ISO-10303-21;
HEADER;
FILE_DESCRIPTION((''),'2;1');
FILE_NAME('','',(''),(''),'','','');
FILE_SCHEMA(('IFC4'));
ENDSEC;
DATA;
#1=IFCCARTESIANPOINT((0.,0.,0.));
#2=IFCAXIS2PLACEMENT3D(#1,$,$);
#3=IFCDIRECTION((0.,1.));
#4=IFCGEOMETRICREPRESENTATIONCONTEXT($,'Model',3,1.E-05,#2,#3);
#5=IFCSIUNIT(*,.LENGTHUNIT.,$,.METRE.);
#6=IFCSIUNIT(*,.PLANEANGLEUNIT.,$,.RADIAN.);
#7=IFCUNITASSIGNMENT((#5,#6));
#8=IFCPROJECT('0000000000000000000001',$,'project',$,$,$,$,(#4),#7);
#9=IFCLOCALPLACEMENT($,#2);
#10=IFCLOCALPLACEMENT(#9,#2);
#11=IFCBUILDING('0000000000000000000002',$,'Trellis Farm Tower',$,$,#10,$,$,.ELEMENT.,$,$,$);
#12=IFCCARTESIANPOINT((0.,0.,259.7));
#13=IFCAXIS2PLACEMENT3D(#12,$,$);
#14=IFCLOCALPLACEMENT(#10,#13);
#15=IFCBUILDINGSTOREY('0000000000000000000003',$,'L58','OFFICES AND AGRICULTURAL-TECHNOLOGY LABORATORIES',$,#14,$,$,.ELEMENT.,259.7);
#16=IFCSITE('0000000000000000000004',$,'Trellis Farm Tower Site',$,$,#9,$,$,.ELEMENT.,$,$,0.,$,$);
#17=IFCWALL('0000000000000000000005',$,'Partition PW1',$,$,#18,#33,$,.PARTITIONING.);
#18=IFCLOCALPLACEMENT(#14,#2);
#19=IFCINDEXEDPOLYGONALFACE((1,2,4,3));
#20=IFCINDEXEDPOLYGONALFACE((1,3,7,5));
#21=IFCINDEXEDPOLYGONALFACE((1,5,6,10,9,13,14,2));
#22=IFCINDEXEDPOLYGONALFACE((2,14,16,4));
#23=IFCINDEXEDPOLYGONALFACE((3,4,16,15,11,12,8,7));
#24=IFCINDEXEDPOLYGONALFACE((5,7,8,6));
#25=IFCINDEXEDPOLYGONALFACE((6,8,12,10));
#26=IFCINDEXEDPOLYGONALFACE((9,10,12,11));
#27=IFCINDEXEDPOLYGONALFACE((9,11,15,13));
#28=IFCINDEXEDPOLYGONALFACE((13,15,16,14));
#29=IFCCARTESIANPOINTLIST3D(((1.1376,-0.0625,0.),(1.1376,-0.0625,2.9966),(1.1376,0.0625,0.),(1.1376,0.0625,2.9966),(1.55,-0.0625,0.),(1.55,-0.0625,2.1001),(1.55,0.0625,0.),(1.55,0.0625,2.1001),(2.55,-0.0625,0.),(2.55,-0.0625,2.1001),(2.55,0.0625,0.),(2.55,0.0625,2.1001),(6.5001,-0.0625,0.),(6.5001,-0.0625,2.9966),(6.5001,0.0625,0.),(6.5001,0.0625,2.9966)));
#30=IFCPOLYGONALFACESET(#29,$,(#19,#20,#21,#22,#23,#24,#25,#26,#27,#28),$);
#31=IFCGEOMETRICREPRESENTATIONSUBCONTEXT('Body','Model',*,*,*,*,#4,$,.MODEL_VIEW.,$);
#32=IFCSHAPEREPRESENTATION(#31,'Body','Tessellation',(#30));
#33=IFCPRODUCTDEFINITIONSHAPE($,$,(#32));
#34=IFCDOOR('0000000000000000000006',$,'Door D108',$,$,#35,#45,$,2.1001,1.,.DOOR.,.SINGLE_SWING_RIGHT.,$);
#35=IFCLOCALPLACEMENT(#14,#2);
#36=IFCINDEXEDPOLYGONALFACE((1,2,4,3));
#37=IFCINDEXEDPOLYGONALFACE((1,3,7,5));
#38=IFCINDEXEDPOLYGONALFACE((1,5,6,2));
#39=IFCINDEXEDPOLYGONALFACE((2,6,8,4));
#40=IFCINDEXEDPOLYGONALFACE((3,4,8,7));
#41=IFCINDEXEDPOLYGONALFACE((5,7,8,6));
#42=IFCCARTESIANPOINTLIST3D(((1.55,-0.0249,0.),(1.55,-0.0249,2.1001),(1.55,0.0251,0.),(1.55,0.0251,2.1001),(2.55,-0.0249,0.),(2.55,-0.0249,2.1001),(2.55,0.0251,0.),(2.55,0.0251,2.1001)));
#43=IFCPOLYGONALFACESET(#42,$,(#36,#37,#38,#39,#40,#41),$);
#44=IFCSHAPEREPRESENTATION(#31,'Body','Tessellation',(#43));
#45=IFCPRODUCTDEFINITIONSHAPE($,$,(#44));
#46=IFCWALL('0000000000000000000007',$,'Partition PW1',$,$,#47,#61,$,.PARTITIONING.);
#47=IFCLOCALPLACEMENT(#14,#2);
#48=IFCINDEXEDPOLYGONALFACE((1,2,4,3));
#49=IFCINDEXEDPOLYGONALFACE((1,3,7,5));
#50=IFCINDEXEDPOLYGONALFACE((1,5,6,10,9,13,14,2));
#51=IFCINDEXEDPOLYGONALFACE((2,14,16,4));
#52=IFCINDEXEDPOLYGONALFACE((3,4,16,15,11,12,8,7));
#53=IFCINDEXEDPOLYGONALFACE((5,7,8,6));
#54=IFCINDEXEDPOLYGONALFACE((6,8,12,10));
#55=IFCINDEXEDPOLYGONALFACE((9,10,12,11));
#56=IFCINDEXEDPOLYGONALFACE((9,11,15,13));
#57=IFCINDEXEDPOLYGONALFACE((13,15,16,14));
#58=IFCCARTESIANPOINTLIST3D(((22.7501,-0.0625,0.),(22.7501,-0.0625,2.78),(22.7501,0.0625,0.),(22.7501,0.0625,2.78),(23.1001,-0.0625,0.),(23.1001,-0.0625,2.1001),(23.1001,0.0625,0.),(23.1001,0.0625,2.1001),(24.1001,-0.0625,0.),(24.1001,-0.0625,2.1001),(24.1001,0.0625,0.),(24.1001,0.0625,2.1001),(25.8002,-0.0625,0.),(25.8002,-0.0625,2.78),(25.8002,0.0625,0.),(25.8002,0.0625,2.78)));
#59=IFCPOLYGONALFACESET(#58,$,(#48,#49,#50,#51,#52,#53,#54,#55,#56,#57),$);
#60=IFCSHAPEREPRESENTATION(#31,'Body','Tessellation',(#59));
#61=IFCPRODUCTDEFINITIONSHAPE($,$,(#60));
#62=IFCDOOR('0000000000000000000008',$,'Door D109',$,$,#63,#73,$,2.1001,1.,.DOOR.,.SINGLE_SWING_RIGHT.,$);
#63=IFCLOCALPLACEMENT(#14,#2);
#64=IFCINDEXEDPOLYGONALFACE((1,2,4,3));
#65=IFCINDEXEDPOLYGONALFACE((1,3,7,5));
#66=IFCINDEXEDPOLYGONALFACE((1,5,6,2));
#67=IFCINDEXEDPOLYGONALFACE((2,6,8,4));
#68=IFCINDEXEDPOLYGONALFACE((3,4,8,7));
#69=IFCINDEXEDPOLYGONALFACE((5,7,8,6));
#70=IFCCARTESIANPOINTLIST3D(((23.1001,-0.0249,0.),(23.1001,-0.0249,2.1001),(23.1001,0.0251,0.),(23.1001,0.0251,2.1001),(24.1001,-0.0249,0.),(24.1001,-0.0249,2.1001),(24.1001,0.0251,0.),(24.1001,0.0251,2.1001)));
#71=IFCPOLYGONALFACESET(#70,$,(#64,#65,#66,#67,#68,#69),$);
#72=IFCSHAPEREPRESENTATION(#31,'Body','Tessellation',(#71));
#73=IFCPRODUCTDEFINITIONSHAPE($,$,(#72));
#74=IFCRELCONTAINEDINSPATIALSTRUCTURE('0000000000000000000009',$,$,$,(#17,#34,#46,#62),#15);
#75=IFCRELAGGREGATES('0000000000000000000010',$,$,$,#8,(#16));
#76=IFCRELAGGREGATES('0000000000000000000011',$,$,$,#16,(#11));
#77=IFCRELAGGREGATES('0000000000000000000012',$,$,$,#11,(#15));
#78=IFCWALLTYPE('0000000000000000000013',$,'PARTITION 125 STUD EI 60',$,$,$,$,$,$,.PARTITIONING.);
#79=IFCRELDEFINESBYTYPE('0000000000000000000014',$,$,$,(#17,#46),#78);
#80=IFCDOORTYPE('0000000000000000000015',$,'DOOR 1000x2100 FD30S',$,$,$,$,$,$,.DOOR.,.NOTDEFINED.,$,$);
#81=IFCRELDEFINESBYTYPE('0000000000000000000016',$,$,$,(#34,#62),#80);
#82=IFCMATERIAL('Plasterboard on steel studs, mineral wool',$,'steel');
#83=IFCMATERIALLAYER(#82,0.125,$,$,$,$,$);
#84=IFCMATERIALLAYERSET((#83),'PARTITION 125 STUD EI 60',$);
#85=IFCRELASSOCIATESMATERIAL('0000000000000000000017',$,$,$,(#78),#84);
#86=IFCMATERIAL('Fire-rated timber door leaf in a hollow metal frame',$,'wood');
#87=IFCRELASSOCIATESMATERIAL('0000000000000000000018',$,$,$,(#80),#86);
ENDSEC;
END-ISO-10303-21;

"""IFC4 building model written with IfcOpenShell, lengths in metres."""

from ifc_helpers import new_model, si_unit, direction, frame, frame_2d, origin, place, context, subcontext, project, spatial, rectangle, extrude, source, transform, mapped, material, layer, layer_set, type_object, element, fill, save


model = new_model("IFC4")

# Units and contexts
model_context = context("Model", 3, precision=1e-05, world=origin(), true_north=direction((0.0, 1.0)))
body_context = subcontext(model_context, "Body", "Model", "MODEL_VIEW")
ifc_project = project(units=[si_unit("LENGTHUNIT", "METRE"), si_unit("PLANEANGLEUNIT", "RADIAN")], contexts=[model_context])

# Site, building, storey
site_placement = place(None, origin())
site = spatial("IfcSite", under=ifc_project, at=site_placement, Name="Trellis Farm Tower Site", CompositionType="ELEMENT", RefElevation=0.0)
building_placement = place(site_placement, origin())
building = spatial("IfcBuilding", under=site, at=building_placement, Name="Trellis Farm Tower", CompositionType="ELEMENT")
storey_placement = place(building_placement, frame((0.0, 0.0, 259.7)))
storey = spatial("IfcBuildingStorey", under=building, at=storey_placement, Name="L58", Description="OFFICES AND AGRICULTURAL-TECHNOLOGY LABORATORIES", CompositionType="ELEMENT", Elevation=259.7)

# Walls, openings, doors
ifc_material_1 = material(Name="Plasterboard on steel studs, mineral wool", Category="steel")
ifc_layer_1 = layer(ifc_material_1, 0.125)
ifc_layer_set_1 = layer_set([ifc_layer_1], Name="PARTITION 125 STUD EI 60")
wall_type_1 = type_object("IfcWallType", Name="PARTITION 125 STUD EI 60", PredefinedType="PARTITIONING", material=ifc_layer_set_1)
shared_shape_1 = source(origin(), body_context, "Body", "SweptSolid", [
    extrude(rectangle(XDim=5.3625, YDim=0.125, at=frame_2d((2.6812, 0.0))), origin(), (0.0, 0.0, 1.0), 2.9966),
])
wall_1_placement = place(storey_placement, frame((6.5, 0.0, 0.0), z_axis=(0.0, 0.0, 1.0), x_axis=(-1.0, 0.0, 0.0)))
wall_1 = element("IfcWall", 1, at=wall_1_placement, inside=storey, type_object=wall_type_1, Name="Partition PW1", PredefinedType="PARTITIONING", context=body_context, shape_type="MappedRepresentation", body=[
    mapped(shared_shape_1, transform((0.0, 0.0, 0.0))),
])
shared_shape_2 = source(origin(), body_context, "Body", "SweptSolid", [
    extrude(rectangle(XDim=1.0, YDim=2.1001, at=frame_2d((0.5, 1.05))), frame((0.0, 0.0725, 0.0), z_axis=(0.0, -1.0, 0.0), x_axis=(1.0, 0.0, 0.0)), (0.0, 0.0, 1.0), 0.145),
])
opening_1_placement = place(wall_1_placement, frame((3.95, 0.0, 0.0)))
opening_1 = element("IfcOpeningElement", 2, at=opening_1_placement, cuts=wall_1, PredefinedType="OPENING", context=body_context, shape_type="MappedRepresentation", body=[
    mapped(shared_shape_2, transform((0.0, 0.0, 0.0))),
])
ifc_material_2 = material(Name="Fire-rated timber door leaf in a hollow metal frame", Category="wood")
door_type_1 = type_object("IfcDoorType", Name="DOOR 1000x2100 FD30S", OperationType="NOTDEFINED", PredefinedType="DOOR", material=ifc_material_2)
shared_shape_3 = source(origin(), body_context, "Body", "SweptSolid", [
    extrude(rectangle(XDim=1.0, YDim=2.1001, at=frame_2d((0.5, 1.05))), frame((0.0, 0.0249, 0.0), z_axis=(0.0, -1.0, 0.0), x_axis=(1.0, 0.0, 0.0)), (0.0, 0.0, 1.0), 0.05),
])
door_1_placement = place(opening_1_placement, origin())
door_1 = element("IfcDoor", 3, at=door_1_placement, inside=storey, type_object=door_type_1, Name="Door D108", OperationType="SINGLE_SWING_RIGHT", OverallHeight=2.1001, OverallWidth=1.0, PredefinedType="DOOR", context=body_context, shape_type="MappedRepresentation", body=[
    mapped(shared_shape_3, transform((0.0, 0.0, 0.0))),
])
fill(opening_1, door_1)
shared_shape_4 = source(origin(), body_context, "Body", "SweptSolid", [
    extrude(rectangle(XDim=3.05, YDim=0.125, at=frame_2d((1.5249, 0.0))), origin(), (0.0, 0.0, 1.0), 2.78),
])
wall_2_placement = place(storey_placement, frame((25.8, 0.0, 0.0), z_axis=(0.0, 0.0, 1.0), x_axis=(-1.0, 0.0, 0.0)))
wall_2 = element("IfcWall", 4, at=wall_2_placement, inside=storey, type_object=wall_type_1, Name="Partition PW1", PredefinedType="PARTITIONING", context=body_context, shape_type="MappedRepresentation", body=[
    mapped(shared_shape_4, transform((0.0, 0.0, 0.0))),
])
opening_2_placement = place(wall_2_placement, frame((1.7, 0.0, 0.0)))
opening_2 = element("IfcOpeningElement", 5, at=opening_2_placement, cuts=wall_2, PredefinedType="OPENING", context=body_context, shape_type="MappedRepresentation", body=[
    mapped(shared_shape_2, transform((0.0, 0.0, 0.0))),
])
door_2_placement = place(opening_2_placement, origin())
door_2 = element("IfcDoor", 6, at=door_2_placement, inside=storey, type_object=door_type_1, Name="Door D109", OperationType="SINGLE_SWING_RIGHT", OverallHeight=2.1001, OverallWidth=1.0, PredefinedType="DOOR", context=body_context, shape_type="MappedRepresentation", body=[
    mapped(shared_shape_3, transform((0.0, 0.0, 0.0))),
])
fill(opening_2, door_2)

save(model, "model.ifc")
